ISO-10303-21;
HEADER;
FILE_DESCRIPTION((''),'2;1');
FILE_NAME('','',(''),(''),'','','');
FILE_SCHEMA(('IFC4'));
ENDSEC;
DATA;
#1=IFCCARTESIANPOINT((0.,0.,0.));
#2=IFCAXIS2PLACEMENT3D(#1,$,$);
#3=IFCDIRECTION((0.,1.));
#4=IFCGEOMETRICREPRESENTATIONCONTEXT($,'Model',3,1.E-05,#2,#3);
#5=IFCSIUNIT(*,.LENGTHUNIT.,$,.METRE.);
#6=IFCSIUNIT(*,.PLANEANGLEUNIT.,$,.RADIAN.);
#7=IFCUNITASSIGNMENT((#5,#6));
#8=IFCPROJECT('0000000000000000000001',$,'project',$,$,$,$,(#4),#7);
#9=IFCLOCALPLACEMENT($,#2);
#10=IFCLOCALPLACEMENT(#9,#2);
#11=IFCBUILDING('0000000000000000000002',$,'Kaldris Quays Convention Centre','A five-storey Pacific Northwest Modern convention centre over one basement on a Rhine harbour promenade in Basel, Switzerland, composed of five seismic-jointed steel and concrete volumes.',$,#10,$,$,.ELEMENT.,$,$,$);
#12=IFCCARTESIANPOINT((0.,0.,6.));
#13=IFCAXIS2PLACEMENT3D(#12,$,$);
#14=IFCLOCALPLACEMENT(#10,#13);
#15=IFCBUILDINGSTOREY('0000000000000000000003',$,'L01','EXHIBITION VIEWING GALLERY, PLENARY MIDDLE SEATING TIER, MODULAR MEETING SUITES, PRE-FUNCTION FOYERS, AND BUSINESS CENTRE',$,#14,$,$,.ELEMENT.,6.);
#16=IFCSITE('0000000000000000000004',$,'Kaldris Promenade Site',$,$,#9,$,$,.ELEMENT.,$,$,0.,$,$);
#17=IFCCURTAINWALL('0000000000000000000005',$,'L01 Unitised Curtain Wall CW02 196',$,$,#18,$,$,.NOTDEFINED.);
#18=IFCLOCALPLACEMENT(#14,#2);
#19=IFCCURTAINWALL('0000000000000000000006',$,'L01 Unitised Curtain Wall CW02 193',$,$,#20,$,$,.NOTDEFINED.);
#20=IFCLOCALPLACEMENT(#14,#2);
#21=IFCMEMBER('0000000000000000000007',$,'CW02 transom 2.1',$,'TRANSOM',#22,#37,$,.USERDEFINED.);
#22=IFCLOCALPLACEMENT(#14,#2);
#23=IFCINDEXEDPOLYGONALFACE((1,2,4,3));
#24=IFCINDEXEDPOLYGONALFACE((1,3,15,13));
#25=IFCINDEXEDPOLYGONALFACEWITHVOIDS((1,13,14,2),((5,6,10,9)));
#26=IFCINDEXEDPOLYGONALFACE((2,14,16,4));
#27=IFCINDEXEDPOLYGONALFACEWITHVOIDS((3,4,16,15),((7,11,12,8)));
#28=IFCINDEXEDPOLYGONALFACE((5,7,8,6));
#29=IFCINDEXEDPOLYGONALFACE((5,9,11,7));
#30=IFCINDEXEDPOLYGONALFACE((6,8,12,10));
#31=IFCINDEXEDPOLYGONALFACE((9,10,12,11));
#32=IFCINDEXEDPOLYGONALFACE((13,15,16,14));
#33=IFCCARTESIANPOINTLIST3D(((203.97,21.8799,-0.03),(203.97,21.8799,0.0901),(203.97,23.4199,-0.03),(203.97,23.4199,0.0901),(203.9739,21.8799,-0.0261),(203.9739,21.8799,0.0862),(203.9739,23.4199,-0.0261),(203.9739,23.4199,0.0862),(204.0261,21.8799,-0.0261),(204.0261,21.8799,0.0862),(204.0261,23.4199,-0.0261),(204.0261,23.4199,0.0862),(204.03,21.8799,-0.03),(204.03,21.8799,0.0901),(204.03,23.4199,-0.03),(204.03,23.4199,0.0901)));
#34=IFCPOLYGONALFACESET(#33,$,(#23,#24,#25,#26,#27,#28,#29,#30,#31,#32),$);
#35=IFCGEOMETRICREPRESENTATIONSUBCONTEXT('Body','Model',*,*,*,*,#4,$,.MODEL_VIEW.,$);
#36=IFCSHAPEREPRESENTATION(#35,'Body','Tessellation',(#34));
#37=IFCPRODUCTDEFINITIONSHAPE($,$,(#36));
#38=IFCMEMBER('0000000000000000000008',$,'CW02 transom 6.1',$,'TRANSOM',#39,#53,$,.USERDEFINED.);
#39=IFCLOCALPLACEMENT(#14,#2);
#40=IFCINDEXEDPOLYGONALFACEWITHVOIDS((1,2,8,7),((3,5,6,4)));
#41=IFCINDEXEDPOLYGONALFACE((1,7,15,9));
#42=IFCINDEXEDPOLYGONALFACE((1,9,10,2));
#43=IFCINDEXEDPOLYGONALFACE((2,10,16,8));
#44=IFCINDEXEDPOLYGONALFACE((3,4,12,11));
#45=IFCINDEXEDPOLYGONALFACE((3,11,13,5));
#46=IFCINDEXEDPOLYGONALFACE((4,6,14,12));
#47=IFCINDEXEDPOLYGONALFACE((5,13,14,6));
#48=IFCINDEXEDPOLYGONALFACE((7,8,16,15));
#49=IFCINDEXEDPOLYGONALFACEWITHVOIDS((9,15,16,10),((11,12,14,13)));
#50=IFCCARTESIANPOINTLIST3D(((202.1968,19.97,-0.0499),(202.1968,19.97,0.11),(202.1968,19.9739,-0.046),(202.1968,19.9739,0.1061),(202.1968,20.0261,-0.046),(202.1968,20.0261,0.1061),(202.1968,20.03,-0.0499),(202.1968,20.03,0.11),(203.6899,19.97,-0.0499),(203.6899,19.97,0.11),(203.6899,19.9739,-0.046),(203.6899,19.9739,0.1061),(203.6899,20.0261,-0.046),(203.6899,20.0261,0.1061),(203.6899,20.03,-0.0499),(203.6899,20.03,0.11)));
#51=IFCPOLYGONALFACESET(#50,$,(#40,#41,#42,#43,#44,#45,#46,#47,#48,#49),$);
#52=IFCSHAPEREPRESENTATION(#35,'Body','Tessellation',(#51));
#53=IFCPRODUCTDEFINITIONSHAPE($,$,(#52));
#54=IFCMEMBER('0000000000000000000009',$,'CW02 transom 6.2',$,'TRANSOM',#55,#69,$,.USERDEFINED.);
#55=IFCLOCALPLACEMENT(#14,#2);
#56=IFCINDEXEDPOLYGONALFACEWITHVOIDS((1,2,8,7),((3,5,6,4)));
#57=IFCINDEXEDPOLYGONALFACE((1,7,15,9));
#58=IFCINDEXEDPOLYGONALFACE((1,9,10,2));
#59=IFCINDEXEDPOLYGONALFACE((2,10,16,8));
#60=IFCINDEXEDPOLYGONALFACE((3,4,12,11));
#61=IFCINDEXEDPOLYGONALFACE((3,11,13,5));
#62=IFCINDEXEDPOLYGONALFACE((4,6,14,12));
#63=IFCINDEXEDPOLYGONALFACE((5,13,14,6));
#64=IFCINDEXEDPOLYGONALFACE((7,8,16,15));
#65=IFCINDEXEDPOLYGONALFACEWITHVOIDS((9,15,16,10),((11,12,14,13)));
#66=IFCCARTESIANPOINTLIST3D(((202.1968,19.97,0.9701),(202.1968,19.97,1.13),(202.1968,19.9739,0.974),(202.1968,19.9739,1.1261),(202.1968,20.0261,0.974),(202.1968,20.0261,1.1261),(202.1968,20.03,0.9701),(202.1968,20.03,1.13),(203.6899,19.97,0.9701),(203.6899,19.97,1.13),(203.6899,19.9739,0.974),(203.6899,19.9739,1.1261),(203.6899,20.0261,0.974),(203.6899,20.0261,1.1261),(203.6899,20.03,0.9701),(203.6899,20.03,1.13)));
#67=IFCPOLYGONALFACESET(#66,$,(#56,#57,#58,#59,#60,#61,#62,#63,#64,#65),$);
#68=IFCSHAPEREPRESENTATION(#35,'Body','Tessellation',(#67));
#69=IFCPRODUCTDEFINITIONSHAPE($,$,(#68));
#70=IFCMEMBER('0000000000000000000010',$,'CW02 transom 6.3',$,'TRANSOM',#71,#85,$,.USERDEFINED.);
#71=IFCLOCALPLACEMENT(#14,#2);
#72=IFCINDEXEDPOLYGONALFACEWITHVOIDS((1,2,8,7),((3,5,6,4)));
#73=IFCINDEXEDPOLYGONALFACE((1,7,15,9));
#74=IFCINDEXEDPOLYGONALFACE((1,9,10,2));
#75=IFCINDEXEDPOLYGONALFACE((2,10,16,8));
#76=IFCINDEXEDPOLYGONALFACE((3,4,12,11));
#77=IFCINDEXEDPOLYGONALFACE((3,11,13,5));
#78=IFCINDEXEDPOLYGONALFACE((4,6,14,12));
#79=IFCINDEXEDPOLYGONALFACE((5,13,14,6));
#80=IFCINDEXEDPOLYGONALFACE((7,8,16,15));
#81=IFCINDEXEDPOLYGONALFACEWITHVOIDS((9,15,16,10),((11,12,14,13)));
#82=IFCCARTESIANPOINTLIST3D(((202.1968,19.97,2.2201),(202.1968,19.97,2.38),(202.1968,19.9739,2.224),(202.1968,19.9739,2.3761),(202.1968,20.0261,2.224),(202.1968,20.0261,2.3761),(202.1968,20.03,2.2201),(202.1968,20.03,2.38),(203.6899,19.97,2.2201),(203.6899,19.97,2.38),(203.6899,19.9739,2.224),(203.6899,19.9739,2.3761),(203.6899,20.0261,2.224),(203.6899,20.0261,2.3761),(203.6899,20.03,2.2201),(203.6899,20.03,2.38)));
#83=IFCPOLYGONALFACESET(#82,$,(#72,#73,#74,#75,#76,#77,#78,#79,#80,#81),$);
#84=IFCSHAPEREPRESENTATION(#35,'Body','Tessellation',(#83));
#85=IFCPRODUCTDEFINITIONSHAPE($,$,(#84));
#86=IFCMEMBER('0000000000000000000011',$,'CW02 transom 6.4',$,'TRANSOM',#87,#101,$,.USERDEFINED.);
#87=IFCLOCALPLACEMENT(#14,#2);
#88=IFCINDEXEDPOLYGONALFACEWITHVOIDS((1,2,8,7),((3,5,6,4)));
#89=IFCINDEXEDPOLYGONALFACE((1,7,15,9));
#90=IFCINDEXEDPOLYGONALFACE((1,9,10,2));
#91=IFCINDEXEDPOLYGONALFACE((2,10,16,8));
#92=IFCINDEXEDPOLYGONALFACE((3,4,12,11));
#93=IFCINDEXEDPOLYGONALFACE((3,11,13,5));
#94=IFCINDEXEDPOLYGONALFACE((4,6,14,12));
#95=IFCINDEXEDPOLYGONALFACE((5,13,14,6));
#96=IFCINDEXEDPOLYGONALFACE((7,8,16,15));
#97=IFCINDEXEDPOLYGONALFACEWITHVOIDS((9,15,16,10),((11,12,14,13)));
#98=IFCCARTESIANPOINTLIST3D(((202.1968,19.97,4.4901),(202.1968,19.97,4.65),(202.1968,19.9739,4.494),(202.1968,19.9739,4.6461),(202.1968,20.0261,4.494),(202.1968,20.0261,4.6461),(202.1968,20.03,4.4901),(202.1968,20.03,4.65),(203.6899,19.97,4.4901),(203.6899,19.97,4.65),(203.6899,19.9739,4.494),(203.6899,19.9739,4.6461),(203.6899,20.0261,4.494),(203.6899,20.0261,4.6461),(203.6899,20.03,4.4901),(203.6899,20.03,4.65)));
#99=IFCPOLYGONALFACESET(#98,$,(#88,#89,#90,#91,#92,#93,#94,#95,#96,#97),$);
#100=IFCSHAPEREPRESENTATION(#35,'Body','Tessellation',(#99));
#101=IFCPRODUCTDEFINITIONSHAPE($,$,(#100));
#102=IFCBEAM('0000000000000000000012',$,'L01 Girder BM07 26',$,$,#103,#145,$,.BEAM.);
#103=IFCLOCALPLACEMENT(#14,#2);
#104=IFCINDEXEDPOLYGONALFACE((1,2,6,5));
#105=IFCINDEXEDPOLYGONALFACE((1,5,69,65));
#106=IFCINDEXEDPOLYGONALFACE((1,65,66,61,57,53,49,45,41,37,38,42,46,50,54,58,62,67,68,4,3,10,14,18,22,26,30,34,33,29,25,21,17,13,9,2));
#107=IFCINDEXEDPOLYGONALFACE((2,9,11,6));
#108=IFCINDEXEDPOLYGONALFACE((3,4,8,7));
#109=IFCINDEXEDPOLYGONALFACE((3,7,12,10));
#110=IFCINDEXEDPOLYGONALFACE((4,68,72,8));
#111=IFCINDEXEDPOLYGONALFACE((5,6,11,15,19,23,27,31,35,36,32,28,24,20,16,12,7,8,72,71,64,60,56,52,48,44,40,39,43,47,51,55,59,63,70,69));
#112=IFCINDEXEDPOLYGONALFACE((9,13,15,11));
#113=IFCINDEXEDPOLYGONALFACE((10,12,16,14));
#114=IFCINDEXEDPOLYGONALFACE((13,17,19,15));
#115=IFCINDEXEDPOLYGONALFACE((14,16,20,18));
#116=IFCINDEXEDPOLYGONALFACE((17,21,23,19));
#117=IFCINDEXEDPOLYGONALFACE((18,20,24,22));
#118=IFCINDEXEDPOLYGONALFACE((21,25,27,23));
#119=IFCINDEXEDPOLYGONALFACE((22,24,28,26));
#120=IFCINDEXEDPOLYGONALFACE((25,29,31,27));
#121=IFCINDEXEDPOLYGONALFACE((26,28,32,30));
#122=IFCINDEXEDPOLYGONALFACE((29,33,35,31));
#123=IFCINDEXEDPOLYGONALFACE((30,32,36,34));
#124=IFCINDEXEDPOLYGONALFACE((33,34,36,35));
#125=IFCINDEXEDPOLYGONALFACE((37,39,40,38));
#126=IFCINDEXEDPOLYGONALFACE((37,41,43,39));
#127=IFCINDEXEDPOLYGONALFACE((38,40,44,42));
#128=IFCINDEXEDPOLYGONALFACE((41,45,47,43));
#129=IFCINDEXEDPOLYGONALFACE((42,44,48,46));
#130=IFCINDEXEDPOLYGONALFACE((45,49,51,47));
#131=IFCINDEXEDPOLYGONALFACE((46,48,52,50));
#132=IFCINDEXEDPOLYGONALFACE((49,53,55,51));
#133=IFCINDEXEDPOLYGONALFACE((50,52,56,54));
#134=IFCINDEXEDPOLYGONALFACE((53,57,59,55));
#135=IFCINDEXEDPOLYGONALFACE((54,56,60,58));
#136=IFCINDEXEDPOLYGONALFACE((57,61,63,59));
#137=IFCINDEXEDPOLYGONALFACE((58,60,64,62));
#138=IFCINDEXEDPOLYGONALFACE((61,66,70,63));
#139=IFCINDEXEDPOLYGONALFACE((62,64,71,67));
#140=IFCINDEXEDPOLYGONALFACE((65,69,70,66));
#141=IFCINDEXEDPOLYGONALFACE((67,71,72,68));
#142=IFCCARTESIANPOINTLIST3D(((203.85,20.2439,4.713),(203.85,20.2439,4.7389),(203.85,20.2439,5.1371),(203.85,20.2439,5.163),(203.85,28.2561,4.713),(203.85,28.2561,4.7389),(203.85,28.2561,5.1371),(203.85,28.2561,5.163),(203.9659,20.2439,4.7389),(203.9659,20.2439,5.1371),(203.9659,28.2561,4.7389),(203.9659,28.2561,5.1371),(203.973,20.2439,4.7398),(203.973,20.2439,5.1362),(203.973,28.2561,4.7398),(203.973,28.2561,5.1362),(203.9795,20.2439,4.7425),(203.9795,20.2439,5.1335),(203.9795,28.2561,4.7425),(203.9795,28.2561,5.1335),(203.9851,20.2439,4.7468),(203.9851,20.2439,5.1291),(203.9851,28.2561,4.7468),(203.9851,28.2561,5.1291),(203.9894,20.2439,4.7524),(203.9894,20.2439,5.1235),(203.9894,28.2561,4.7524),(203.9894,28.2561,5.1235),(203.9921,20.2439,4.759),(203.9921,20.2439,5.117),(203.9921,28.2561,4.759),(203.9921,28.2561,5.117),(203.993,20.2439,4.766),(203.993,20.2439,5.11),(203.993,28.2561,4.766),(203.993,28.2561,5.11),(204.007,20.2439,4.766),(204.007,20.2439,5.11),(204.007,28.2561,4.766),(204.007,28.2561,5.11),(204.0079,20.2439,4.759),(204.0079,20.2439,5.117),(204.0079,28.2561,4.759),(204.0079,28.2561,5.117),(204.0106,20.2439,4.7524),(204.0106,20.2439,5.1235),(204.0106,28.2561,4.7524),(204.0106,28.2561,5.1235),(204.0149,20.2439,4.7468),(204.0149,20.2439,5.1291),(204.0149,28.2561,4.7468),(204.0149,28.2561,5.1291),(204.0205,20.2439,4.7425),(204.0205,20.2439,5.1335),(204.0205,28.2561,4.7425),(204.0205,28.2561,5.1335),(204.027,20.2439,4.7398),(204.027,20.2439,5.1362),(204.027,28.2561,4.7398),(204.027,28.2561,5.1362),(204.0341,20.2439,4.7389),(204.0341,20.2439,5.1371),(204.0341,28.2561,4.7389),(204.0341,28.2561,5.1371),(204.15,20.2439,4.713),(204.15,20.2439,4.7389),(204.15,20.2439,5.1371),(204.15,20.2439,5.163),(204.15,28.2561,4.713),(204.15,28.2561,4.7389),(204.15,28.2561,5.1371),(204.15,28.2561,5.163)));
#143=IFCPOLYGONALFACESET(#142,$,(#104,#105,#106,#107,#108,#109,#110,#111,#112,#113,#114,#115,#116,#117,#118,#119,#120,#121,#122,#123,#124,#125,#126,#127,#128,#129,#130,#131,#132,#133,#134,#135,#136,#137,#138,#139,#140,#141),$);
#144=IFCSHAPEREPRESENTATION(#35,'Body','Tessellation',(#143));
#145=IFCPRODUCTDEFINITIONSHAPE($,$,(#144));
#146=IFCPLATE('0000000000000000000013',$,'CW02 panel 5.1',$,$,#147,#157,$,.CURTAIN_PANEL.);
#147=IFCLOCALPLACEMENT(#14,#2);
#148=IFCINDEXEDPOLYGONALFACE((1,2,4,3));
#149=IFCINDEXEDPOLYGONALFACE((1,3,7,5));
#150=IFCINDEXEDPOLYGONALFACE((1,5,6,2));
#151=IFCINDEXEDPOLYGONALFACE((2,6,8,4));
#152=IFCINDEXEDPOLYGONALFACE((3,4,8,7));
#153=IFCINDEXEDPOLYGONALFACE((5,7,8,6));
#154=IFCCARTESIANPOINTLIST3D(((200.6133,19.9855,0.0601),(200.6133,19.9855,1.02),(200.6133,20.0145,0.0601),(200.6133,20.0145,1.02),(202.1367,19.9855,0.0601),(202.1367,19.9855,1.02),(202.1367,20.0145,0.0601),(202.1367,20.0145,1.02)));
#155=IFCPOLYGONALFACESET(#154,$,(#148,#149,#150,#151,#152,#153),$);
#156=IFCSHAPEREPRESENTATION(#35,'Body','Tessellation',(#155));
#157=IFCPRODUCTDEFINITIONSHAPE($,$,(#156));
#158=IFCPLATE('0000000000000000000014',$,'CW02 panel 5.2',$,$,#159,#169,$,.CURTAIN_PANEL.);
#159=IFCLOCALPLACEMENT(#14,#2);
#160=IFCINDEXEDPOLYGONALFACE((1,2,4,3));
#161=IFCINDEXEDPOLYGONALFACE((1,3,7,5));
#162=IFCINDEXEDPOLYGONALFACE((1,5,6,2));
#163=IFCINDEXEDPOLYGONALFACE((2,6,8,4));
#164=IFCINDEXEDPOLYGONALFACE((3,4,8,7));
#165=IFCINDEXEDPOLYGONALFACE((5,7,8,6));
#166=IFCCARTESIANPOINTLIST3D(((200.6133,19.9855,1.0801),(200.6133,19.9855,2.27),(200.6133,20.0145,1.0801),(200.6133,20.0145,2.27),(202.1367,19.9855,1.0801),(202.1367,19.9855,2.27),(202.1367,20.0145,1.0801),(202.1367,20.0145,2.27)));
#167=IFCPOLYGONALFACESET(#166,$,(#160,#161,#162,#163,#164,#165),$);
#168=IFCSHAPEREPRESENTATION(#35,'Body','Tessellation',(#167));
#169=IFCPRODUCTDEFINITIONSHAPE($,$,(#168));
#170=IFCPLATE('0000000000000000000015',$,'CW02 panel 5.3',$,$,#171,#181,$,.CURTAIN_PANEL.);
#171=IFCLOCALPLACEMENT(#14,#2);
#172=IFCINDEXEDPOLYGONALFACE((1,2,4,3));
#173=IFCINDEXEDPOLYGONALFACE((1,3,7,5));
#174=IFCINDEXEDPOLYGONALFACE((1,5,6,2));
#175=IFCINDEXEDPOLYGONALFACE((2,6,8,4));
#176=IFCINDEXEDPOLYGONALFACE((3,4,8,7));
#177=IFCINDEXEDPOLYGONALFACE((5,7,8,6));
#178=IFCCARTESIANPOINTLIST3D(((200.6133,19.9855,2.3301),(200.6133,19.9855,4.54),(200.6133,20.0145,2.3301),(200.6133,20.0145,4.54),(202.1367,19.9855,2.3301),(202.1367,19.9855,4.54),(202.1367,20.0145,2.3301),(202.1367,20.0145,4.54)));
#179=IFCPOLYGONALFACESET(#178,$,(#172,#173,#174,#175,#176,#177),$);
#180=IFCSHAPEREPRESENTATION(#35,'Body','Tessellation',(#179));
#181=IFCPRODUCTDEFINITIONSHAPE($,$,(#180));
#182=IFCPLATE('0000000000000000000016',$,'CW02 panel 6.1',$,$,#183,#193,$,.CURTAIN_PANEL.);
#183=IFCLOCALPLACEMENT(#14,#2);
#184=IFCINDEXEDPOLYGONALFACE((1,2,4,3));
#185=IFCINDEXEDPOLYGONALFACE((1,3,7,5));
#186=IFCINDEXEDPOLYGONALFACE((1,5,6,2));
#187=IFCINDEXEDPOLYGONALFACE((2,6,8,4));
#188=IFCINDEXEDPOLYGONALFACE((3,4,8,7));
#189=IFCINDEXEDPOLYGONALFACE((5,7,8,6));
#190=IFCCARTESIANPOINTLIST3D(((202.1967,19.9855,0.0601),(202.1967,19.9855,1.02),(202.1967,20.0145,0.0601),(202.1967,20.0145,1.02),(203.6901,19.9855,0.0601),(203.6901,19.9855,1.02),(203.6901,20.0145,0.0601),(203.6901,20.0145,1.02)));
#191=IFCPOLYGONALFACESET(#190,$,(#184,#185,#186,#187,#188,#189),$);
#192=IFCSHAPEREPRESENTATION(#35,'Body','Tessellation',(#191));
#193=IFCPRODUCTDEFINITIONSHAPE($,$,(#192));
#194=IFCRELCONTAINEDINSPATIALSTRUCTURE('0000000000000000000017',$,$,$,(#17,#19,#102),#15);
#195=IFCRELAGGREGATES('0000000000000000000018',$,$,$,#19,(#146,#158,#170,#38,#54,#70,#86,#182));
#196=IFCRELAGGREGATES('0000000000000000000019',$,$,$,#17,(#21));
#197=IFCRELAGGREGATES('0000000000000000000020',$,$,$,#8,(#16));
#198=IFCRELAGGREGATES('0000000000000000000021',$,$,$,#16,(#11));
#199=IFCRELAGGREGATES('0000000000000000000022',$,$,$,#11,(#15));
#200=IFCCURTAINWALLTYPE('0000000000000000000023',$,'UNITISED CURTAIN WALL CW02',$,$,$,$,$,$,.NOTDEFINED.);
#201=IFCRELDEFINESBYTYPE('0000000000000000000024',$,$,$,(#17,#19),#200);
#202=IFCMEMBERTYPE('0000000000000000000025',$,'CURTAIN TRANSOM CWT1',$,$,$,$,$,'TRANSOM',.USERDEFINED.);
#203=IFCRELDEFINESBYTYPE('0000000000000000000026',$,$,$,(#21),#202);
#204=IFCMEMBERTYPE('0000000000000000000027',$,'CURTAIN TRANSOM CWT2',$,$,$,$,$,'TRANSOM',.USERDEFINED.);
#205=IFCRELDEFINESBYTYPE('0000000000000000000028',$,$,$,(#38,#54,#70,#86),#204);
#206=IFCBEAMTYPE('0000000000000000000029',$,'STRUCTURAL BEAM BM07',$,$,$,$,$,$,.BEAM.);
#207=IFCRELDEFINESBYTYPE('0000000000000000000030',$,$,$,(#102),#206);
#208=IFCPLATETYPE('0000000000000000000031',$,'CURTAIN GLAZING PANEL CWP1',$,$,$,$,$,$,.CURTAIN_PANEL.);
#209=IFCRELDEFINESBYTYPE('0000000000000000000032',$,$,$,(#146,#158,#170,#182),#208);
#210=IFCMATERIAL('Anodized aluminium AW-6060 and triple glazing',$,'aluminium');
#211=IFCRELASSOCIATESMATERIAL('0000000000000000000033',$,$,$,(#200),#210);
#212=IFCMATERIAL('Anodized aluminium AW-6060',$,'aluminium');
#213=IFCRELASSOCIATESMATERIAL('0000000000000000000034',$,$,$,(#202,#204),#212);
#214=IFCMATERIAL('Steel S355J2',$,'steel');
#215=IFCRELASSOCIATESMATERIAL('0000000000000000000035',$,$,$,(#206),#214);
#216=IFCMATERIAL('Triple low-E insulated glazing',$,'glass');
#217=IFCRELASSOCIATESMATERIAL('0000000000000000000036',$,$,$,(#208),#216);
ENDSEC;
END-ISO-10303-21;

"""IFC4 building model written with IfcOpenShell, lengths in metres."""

from ifc_helpers import new_model, si_unit, direction, frame, origin, origin_2d, place, context, subcontext, project, spatial, rectangle, hollow_rectangle, i_section, extrude, material, material_profile, profile_set, type_object, element, aggregate, save


model = new_model("IFC4")

# Units and contexts
model_context = context("Model", 3, precision=1e-05, world=origin(), true_north=direction((0.0, 1.0)))
body_context = subcontext(model_context, "Body", "Model", "MODEL_VIEW")
ifc_project = project(units=[si_unit("LENGTHUNIT", "METRE"), si_unit("PLANEANGLEUNIT", "RADIAN")], contexts=[model_context])

# Site, building, storey
site_placement = place(None, origin())
site = spatial("IfcSite", under=ifc_project, at=site_placement, Name="Kaldris Promenade Site", CompositionType="ELEMENT", RefElevation=0.0)
building_placement = place(site_placement, origin())
building = spatial("IfcBuilding", under=site, at=building_placement, Name="Kaldris Quays Convention Centre", Description="A five-storey Pacific Northwest Modern convention centre over one basement on a Rhine harbour promenade in Basel, Switzerland, composed of five seismic-jointed steel and concrete volumes.", CompositionType="ELEMENT")
storey_placement = place(building_placement, frame((0.0, 0.0, 6.0)))
storey = spatial("IfcBuildingStorey", under=building, at=storey_placement, Name="L01", Description="EXHIBITION VIEWING GALLERY, PLENARY MIDDLE SEATING TIER, MODULAR MEETING SUITES, PRE-FUNCTION FOYERS, AND BUSINESS CENTRE", CompositionType="ELEMENT", Elevation=6.0)

# Shared definitions
ifc_material_1 = material(Name="Steel S355J2", Category="steel")

# Curtain walls
ifc_material_2 = material(Name="Anodized aluminium AW-6060 and triple glazing", Category="aluminium")
curtain_wall_type = type_object("IfcCurtainWallType", Name="UNITISED CURTAIN WALL CW02", PredefinedType="NOTDEFINED", material=ifc_material_2)
curtain_wall_1_placement = place(storey_placement, origin())
curtain_wall_1 = element("IfcCurtainWall", 1, at=curtain_wall_1_placement, inside=storey, type_object=curtain_wall_type, Name="L01 Unitised Curtain Wall CW02 196", PredefinedType="NOTDEFINED")
ifc_material_3 = material(Name="Anodized aluminium AW-6060", Category="aluminium")
curtain_wall_2_placement = place(storey_placement, origin())
curtain_wall_2 = element("IfcCurtainWall", 2, at=curtain_wall_2_placement, inside=storey, type_object=curtain_wall_type, Name="L01 Unitised Curtain Wall CW02 193", PredefinedType="NOTDEFINED")

# Members
ifc_material_profile_1 = material_profile(ifc_material_3, hollow_rectangle(XDim=0.0601, YDim=0.1201, WallThickness=0.0039, at=origin_2d()), Name="RHS 120x60x4")
ifc_profile_set_1 = profile_set([ifc_material_profile_1], Name="Anodized aluminium AW-6060")
member_type_1 = type_object("IfcMemberType", Name="CURTAIN TRANSOM CWT1", ElementType="TRANSOM", PredefinedType="USERDEFINED", material=ifc_profile_set_1)
member_1_placement = place(storey_placement, frame((204.0, 21.8799, 0.03), z_axis=(0.0, 1.0, 0.0), x_axis=(-1.0, 0.0, 0.0)))
member_1 = element("IfcMember", 3, at=member_1_placement, type_object=member_type_1, Name="CW02 transom 2.1", ObjectType="TRANSOM", PredefinedType="USERDEFINED", context=body_context, shape_type="SweptSolid", body=[
    extrude(hollow_rectangle(XDim=0.0601, YDim=0.1201, WallThickness=0.0039, at=origin_2d()), origin(), (0.0, 0.0, 1.0), 1.54),
])
ifc_material_profile_2 = material_profile(ifc_material_3, hollow_rectangle(XDim=0.0601, YDim=0.1599, WallThickness=0.0039, at=origin_2d()), Name="RHS 160x60x4")
ifc_profile_set_2 = profile_set([ifc_material_profile_2], Name="Anodized aluminium AW-6060")
member_type_2 = type_object("IfcMemberType", Name="CURTAIN TRANSOM CWT2", ElementType="TRANSOM", PredefinedType="USERDEFINED", material=ifc_profile_set_2)
member_2_placement = place(storey_placement, frame((202.1968, 20.0, 0.03), z_axis=(1.0, 0.0, 0.0), x_axis=(0.0, 1.0, 0.0)))
member_2 = element("IfcMember", 4, at=member_2_placement, type_object=member_type_2, Name="CW02 transom 6.1", ObjectType="TRANSOM", PredefinedType="USERDEFINED", context=body_context, shape_type="SweptSolid", body=[
    extrude(hollow_rectangle(XDim=0.0601, YDim=0.1599, WallThickness=0.0039, at=origin_2d()), origin(), (0.0, 0.0, 1.0), 1.4932),
])
member_3_placement = place(storey_placement, frame((202.1968, 20.0, 1.05), z_axis=(1.0, 0.0, 0.0), x_axis=(0.0, 1.0, 0.0)))
member_3 = element("IfcMember", 5, at=member_3_placement, type_object=member_type_2, Name="CW02 transom 6.2", ObjectType="TRANSOM", PredefinedType="USERDEFINED", context=body_context, shape_type="SweptSolid", body=[
    extrude(hollow_rectangle(XDim=0.0601, YDim=0.1599, WallThickness=0.0039, at=origin_2d()), origin(), (0.0, 0.0, 1.0), 1.4932),
])
member_4_placement = place(storey_placement, frame((202.1968, 20.0, 2.3), z_axis=(1.0, 0.0, 0.0), x_axis=(0.0, 1.0, 0.0)))
member_4 = element("IfcMember", 6, at=member_4_placement, type_object=member_type_2, Name="CW02 transom 6.3", ObjectType="TRANSOM", PredefinedType="USERDEFINED", context=body_context, shape_type="SweptSolid", body=[
    extrude(hollow_rectangle(XDim=0.0601, YDim=0.1599, WallThickness=0.0039, at=origin_2d()), origin(), (0.0, 0.0, 1.0), 1.4932),
])
member_5_placement = place(storey_placement, frame((202.1968, 20.0, 4.5701), z_axis=(1.0, 0.0, 0.0), x_axis=(0.0, 1.0, 0.0)))
member_5 = element("IfcMember", 7, at=member_5_placement, type_object=member_type_2, Name="CW02 transom 6.4", ObjectType="TRANSOM", PredefinedType="USERDEFINED", context=body_context, shape_type="SweptSolid", body=[
    extrude(hollow_rectangle(XDim=0.0601, YDim=0.1599, WallThickness=0.0039, at=origin_2d()), origin(), (0.0, 0.0, 1.0), 1.4932),
])

# Beam
ifc_material_profile_3 = material_profile(ifc_material_1, i_section(OverallWidth=0.3, OverallDepth=0.45, WebThickness=0.0139, FlangeThickness=0.0259, FilletRadius=0.0271, at=origin_2d()), Name="HEB 450")
ifc_profile_set_3 = profile_set([ifc_material_profile_3], Name="Steel S355J2")
beam_type = type_object("IfcBeamType", Name="STRUCTURAL BEAM BM07", PredefinedType="BEAM", material=ifc_profile_set_3)
beam_placement = place(storey_placement, frame((204.0, 20.2439, 4.938), z_axis=(0.0, 1.0, 0.0), x_axis=(-1.0, 0.0, 0.0)))
element("IfcBeam", 8, at=beam_placement, inside=storey, type_object=beam_type, Name="L01 Girder BM07 26", PredefinedType="BEAM", context=body_context, shape_type="SweptSolid", body=[
    extrude(i_section(OverallWidth=0.3, OverallDepth=0.45, WebThickness=0.0139, FlangeThickness=0.0259, FilletRadius=0.0271, at=origin_2d()), origin(), (0.0, 0.0, 1.0), 8.0122),
])

# Plates
ifc_material_4 = material(Name="Triple low-E insulated glazing", Category="glass")
plate_type_1 = type_object("IfcPlateType", Name="CURTAIN GLAZING PANEL CWP1", PredefinedType="CURTAIN_PANEL", material=ifc_material_4)
plate_1_placement = place(storey_placement, frame((201.375, 20.0, 0.0601), z_axis=(0.0, 0.0, 1.0), x_axis=(1.0, 0.0, 0.0)))
plate_1 = element("IfcPlate", 9, at=plate_1_placement, type_object=plate_type_1, Name="CW02 panel 5.1", PredefinedType="CURTAIN_PANEL", context=body_context, shape_type="SweptSolid", body=[
    extrude(rectangle(XDim=1.5234, YDim=0.0291, at=origin_2d()), origin(), (0.0, 0.0, 1.0), 0.96),
])
plate_2_placement = place(storey_placement, frame((201.375, 20.0, 1.0801), z_axis=(0.0, 0.0, 1.0), x_axis=(1.0, 0.0, 0.0)))
plate_2 = element("IfcPlate", 10, at=plate_2_placement, type_object=plate_type_1, Name="CW02 panel 5.2", PredefinedType="CURTAIN_PANEL", context=body_context, shape_type="SweptSolid", body=[
    extrude(rectangle(XDim=1.5234, YDim=0.0291, at=origin_2d()), origin(), (0.0, 0.0, 1.0), 1.1899),
])
plate_3_placement = place(storey_placement, frame((201.375, 20.0, 2.3301), z_axis=(0.0, 0.0, 1.0), x_axis=(1.0, 0.0, 0.0)))
plate_3 = element("IfcPlate", 11, at=plate_3_placement, type_object=plate_type_1, Name="CW02 panel 5.3", PredefinedType="CURTAIN_PANEL", context=body_context, shape_type="SweptSolid", body=[
    extrude(rectangle(XDim=1.5234, YDim=0.0291, at=origin_2d()), origin(), (0.0, 0.0, 1.0), 2.21),
])
plate_4_placement = place(storey_placement, frame((202.9434, 20.0, 0.0601), z_axis=(0.0, 0.0, 1.0), x_axis=(1.0, 0.0, 0.0)))
plate_4 = element("IfcPlate", 12, at=plate_4_placement, type_object=plate_type_1, Name="CW02 panel 6.1", PredefinedType="CURTAIN_PANEL", context=body_context, shape_type="SweptSolid", body=[
    extrude(rectangle(XDim=1.4934, YDim=0.0291, at=origin_2d()), origin(), (0.0, 0.0, 1.0), 0.96),
])
aggregate(curtain_wall_2, [plate_1, plate_2, plate_3, member_2, member_3, member_4, member_5, plate_4])
aggregate(curtain_wall_1, [member_1])

save(model, "model.ifc")
